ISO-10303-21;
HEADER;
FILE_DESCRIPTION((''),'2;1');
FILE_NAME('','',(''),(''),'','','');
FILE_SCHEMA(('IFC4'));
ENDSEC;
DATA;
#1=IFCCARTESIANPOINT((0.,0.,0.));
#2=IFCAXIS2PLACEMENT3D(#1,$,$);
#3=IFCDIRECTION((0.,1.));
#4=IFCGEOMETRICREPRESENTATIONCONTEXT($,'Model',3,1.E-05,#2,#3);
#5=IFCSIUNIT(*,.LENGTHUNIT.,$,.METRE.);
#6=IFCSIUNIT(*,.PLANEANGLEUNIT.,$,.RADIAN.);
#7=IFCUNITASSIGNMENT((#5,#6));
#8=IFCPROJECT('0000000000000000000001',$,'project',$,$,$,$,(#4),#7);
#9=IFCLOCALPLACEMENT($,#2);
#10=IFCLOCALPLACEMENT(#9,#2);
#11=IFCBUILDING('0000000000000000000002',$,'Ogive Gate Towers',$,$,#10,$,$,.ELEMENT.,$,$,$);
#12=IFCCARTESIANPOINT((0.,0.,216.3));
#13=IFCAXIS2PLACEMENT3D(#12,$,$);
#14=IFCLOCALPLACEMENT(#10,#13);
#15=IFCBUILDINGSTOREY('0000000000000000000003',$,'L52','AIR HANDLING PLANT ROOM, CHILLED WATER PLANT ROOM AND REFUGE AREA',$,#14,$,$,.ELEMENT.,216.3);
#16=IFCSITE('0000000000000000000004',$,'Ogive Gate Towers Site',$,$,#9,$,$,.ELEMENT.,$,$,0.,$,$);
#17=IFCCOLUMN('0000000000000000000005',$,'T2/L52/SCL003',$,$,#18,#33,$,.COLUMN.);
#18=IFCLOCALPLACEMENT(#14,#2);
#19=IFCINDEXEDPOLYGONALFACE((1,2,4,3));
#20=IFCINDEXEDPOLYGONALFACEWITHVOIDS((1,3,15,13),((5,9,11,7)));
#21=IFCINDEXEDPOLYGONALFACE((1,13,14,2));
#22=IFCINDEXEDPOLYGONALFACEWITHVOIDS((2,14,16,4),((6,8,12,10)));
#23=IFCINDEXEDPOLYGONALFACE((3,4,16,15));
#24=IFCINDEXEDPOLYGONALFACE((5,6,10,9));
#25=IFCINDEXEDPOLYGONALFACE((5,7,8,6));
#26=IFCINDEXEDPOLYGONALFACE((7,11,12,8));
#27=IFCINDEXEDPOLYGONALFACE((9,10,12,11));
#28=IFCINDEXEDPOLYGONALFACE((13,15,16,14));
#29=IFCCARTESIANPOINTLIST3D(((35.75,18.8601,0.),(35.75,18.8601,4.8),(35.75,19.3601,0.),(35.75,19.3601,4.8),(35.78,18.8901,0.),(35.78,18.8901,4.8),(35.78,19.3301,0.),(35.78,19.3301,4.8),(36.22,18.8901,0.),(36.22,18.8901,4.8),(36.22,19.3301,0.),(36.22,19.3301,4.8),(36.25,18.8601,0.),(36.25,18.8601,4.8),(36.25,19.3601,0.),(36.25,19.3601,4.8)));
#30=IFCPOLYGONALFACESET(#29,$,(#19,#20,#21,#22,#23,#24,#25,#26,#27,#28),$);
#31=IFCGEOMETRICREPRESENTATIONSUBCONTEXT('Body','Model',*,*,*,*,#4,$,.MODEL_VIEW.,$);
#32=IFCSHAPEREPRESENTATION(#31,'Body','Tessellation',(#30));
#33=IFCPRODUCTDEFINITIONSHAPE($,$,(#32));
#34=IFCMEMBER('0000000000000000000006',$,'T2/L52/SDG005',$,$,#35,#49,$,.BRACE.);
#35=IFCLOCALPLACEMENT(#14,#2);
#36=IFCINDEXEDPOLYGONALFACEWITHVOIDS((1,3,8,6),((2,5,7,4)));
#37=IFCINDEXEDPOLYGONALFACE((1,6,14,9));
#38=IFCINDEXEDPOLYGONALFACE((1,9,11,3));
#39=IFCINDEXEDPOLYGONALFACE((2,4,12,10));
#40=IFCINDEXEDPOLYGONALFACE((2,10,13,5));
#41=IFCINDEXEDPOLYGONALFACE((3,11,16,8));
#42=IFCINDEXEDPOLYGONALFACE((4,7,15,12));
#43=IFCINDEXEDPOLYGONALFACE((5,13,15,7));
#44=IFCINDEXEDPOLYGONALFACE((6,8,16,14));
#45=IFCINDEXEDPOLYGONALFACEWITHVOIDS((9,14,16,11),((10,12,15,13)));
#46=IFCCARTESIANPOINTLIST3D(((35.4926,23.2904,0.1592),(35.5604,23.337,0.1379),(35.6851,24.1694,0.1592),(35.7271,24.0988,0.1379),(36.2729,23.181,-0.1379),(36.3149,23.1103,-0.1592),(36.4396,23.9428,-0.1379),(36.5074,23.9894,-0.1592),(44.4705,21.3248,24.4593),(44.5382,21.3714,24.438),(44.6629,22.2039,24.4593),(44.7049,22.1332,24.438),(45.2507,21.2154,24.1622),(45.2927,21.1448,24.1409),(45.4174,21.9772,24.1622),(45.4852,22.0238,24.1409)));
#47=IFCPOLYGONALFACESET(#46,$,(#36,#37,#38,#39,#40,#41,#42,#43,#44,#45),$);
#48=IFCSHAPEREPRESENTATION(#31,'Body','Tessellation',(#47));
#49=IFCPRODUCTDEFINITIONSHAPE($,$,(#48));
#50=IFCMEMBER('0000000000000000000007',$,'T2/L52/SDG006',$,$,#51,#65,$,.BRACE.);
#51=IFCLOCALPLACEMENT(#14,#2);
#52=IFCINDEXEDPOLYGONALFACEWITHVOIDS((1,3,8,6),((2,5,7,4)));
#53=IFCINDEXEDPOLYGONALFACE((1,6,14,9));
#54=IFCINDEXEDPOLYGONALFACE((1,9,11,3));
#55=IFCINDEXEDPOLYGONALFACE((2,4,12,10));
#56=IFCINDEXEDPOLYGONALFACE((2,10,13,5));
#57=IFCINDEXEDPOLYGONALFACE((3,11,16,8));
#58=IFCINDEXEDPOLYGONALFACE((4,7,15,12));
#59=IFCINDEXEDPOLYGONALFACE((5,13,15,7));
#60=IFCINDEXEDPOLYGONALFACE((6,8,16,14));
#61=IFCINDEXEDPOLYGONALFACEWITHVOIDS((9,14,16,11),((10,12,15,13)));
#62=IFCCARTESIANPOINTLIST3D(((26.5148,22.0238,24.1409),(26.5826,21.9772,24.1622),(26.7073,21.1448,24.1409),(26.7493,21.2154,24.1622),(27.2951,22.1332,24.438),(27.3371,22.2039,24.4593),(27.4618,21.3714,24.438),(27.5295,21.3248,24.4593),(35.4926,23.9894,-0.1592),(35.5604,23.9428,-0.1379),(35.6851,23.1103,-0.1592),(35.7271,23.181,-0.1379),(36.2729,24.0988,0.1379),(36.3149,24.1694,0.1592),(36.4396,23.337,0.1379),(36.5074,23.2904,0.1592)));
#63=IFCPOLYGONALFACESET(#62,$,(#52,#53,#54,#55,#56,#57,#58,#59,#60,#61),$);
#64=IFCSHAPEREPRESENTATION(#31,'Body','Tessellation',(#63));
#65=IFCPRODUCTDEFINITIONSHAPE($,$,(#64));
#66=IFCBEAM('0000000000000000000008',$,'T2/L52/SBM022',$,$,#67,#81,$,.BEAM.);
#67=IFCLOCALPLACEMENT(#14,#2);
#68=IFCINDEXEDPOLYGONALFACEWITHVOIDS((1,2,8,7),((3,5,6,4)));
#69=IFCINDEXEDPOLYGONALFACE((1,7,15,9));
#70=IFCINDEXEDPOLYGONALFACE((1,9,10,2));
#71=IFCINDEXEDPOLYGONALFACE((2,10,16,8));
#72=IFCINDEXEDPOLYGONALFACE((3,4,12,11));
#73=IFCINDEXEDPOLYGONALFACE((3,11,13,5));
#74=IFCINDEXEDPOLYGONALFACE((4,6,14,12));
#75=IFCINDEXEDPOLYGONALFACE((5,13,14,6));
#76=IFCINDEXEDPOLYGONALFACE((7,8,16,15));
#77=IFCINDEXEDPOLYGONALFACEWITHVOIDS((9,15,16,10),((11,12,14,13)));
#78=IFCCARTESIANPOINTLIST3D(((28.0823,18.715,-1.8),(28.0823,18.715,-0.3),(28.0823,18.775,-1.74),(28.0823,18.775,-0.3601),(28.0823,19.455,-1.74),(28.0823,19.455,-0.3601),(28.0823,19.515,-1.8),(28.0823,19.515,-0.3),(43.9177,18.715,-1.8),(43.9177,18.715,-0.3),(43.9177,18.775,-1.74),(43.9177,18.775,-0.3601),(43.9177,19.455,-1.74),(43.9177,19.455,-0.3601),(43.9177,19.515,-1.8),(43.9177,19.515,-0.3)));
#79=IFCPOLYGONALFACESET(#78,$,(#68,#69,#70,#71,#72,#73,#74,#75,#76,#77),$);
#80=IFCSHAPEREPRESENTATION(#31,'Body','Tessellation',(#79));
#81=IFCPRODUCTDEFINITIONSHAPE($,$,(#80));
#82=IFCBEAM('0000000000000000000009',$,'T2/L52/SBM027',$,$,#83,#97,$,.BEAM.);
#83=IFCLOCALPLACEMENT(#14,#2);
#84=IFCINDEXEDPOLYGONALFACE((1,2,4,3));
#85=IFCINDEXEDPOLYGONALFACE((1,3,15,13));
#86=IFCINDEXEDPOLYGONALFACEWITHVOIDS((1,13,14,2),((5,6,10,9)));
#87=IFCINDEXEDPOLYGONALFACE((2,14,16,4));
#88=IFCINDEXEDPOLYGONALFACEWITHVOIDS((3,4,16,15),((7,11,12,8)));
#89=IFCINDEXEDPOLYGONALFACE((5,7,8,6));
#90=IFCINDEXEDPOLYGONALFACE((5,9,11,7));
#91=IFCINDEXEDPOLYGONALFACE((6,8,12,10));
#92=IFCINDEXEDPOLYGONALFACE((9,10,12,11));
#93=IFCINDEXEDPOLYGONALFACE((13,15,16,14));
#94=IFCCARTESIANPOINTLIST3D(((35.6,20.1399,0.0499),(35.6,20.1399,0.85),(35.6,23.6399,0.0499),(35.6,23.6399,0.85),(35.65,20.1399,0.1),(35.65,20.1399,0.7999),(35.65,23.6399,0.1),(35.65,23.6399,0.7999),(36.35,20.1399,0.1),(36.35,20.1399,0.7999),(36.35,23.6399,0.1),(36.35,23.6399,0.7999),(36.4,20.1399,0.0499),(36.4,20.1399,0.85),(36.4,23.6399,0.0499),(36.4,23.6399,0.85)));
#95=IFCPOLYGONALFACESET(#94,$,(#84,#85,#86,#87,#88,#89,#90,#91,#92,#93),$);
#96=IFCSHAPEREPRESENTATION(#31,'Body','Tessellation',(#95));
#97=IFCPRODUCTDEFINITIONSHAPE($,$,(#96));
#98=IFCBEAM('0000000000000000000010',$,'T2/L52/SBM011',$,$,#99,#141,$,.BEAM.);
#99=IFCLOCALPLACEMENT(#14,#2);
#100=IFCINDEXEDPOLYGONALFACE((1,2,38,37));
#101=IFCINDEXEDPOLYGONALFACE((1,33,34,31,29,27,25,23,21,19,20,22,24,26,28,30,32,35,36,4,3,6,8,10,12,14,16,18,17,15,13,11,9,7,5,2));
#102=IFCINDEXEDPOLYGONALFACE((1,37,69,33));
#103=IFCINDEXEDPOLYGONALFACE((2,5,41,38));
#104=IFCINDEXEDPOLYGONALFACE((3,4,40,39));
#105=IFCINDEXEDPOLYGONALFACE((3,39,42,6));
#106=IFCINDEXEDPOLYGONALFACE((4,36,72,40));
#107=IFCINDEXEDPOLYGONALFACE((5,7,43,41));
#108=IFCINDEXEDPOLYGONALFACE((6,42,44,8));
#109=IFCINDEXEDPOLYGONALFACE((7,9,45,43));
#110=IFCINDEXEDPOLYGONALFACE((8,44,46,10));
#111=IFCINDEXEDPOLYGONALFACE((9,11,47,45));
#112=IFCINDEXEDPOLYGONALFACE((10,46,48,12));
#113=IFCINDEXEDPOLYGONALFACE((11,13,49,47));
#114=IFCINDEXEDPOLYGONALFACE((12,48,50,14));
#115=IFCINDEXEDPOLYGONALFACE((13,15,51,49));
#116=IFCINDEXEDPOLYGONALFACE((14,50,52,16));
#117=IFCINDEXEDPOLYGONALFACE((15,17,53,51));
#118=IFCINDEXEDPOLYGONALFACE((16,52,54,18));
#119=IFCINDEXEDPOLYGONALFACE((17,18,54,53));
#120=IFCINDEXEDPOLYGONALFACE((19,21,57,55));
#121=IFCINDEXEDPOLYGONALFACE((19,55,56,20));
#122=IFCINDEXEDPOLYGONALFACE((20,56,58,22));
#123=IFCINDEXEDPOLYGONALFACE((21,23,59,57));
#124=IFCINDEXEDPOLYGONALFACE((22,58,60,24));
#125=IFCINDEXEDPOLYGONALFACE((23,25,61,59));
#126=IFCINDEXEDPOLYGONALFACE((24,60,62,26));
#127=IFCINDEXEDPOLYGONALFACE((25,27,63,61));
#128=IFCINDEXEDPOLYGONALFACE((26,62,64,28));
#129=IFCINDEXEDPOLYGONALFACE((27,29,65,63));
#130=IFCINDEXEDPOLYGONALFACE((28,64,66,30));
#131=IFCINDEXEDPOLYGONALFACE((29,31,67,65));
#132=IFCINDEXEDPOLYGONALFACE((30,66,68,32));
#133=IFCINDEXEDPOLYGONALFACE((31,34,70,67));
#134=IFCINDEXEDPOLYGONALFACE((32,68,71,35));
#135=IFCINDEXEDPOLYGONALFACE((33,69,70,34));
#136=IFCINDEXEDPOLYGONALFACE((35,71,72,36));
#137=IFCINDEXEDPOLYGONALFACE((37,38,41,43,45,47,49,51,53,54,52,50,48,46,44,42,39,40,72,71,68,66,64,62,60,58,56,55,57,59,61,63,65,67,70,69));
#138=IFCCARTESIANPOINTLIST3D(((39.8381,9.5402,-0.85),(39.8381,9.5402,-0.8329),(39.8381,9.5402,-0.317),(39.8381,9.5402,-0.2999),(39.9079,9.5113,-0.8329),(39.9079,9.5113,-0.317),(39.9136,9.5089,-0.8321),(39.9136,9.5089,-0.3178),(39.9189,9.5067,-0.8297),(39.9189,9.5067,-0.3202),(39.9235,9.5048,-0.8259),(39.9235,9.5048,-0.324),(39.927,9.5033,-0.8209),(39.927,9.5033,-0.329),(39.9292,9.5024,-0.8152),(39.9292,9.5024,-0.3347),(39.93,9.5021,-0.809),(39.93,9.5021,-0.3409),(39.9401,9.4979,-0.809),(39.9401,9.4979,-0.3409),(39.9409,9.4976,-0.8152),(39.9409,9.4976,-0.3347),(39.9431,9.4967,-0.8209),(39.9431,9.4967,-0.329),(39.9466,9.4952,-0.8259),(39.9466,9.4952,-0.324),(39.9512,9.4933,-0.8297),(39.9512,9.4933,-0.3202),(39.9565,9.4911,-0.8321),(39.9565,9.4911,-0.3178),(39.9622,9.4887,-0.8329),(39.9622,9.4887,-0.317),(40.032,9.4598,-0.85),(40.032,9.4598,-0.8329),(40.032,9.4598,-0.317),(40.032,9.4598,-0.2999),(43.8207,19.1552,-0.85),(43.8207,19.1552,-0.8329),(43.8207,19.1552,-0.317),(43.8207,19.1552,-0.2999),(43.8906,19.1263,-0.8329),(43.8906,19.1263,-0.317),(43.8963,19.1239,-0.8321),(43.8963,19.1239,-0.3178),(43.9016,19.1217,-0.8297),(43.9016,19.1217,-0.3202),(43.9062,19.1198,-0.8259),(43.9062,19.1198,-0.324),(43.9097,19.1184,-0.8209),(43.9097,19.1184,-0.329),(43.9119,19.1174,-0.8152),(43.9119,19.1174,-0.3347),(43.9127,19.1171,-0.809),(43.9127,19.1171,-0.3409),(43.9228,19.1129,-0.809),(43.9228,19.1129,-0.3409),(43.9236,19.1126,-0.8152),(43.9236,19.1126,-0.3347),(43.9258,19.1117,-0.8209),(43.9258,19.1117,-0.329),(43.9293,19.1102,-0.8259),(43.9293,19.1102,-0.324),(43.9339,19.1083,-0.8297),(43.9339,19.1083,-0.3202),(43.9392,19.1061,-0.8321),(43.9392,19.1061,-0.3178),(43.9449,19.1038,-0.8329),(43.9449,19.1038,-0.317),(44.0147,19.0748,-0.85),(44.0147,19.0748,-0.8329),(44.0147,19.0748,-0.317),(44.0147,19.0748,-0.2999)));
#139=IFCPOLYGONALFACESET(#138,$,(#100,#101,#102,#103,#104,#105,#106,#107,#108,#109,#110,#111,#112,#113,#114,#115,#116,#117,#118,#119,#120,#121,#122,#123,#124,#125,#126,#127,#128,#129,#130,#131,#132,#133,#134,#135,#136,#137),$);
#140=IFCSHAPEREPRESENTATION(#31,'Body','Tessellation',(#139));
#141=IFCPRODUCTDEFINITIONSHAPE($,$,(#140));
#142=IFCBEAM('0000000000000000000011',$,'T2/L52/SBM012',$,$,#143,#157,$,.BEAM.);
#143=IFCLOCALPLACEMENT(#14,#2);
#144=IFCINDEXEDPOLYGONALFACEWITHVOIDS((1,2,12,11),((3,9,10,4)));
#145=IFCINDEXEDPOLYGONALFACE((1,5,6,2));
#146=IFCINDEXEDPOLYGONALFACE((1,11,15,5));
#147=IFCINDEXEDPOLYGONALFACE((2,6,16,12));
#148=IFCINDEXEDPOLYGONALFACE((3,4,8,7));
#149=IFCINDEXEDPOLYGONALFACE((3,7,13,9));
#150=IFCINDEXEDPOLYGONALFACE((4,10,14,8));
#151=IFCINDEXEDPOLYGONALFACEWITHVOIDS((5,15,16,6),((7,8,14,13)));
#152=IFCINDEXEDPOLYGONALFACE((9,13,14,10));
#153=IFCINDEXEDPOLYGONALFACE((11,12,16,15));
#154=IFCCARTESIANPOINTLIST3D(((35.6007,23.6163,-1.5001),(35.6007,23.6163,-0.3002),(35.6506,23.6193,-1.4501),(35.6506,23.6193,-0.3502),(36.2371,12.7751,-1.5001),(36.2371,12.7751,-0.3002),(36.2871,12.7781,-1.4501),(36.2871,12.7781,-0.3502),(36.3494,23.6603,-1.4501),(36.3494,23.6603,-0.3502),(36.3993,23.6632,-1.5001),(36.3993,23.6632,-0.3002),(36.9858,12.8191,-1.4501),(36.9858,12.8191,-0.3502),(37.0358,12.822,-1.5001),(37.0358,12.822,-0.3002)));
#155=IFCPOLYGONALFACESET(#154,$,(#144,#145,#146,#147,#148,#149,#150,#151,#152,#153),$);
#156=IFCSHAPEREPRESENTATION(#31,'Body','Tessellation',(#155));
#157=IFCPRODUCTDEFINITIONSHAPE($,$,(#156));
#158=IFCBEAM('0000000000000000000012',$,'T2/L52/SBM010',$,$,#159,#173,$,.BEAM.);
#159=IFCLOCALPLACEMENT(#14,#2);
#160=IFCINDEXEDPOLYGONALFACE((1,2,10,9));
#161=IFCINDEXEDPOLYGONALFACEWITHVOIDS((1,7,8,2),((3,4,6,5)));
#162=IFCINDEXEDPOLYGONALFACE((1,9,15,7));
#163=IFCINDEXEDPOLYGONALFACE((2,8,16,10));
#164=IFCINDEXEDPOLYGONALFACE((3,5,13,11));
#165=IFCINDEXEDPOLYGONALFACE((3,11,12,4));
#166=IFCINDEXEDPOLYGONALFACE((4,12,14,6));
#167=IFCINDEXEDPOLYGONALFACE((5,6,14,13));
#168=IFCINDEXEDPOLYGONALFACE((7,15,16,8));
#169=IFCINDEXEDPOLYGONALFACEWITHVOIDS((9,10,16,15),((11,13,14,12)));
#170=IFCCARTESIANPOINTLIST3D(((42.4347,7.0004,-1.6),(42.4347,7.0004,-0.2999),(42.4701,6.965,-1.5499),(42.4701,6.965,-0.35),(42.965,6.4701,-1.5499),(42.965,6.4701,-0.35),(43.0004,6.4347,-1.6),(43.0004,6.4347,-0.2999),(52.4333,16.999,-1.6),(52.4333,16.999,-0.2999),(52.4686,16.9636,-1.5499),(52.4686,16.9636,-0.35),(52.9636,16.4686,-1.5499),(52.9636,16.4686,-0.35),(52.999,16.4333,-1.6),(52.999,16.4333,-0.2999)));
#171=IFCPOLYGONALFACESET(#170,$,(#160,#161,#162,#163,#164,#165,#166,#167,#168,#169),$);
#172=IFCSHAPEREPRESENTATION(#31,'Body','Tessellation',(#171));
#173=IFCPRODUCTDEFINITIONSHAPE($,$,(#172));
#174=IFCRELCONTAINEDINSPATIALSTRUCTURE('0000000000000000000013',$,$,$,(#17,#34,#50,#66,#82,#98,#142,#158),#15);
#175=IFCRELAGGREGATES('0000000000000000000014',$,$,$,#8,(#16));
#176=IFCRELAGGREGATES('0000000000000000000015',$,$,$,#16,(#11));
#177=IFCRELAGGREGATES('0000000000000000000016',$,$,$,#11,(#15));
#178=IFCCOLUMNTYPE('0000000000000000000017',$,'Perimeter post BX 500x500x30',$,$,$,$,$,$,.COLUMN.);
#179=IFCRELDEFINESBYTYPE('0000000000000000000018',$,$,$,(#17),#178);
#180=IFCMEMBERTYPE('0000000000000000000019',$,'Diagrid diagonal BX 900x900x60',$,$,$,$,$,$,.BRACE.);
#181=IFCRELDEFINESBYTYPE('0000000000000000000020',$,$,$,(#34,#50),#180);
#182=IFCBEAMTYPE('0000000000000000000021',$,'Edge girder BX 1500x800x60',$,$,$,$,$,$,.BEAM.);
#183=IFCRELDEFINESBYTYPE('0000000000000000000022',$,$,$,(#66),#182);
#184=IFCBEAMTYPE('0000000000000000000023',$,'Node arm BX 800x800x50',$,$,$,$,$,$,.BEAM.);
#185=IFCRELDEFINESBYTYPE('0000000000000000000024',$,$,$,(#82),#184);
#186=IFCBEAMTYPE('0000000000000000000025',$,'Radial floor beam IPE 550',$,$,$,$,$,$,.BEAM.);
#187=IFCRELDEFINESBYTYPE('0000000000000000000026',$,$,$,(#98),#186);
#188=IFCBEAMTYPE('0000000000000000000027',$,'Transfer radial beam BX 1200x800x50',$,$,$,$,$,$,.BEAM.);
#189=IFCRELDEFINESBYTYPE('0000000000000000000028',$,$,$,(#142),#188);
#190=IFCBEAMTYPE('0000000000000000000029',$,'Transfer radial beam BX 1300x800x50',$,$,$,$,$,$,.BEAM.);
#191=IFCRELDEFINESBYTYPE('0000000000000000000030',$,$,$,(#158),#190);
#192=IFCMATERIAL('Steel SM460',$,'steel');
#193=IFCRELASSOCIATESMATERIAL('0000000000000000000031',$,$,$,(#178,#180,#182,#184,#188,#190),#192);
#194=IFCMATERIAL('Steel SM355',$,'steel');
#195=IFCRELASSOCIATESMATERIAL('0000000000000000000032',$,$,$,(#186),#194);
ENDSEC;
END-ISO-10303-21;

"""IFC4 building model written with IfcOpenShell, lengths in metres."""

from ifc_helpers import new_model, si_unit, direction, frame, origin, origin_2d, place, context, subcontext, project, spatial, hollow_rectangle, i_section, extrude, material, material_profile, profile_set, type_object, element, save


model = new_model("IFC4")

# Units and contexts
model_context = context("Model", 3, precision=1e-05, world=origin(), true_north=direction((0.0, 1.0)))
body_context = subcontext(model_context, "Body", "Model", "MODEL_VIEW")
ifc_project = project(units=[si_unit("LENGTHUNIT", "METRE"), si_unit("PLANEANGLEUNIT", "RADIAN")], contexts=[model_context])

# Site, building, storey
site_placement = place(None, origin())
site = spatial("IfcSite", under=ifc_project, at=site_placement, Name="Ogive Gate Towers Site", CompositionType="ELEMENT", RefElevation=0.0)
building_placement = place(site_placement, origin())
building = spatial("IfcBuilding", under=site, at=building_placement, Name="Ogive Gate Towers", CompositionType="ELEMENT")
storey_placement = place(building_placement, frame((0.0, 0.0, 216.3)))
storey = spatial("IfcBuildingStorey", under=building, at=storey_placement, Name="L52", Description="AIR HANDLING PLANT ROOM, CHILLED WATER PLANT ROOM AND REFUGE AREA", CompositionType="ELEMENT", Elevation=216.3)

# Column
ifc_material_1 = material(Name="Steel SM460", Category="steel")
ifc_material_profile_1 = material_profile(ifc_material_1, hollow_rectangle(XDim=0.5, YDim=0.5, WallThickness=0.03, at=origin_2d()), Name="BX 500x500x30")
ifc_profile_set_1 = profile_set([ifc_material_profile_1], Name="Steel SM460")
column_type = type_object("IfcColumnType", Name="Perimeter post BX 500x500x30", PredefinedType="COLUMN", material=ifc_profile_set_1)
column_placement = place(storey_placement, frame((36.0, 19.1101, 0.0), z_axis=(0.0, 0.0, 1.0), x_axis=(1.0, 0.0, 0.0)))
element("IfcColumn", 1, at=column_placement, inside=storey, type_object=column_type, Name="T2/L52/SCL003", PredefinedType="COLUMN", context=body_context, shape_type="SweptSolid", body=[
    extrude(hollow_rectangle(XDim=0.5, YDim=0.5, WallThickness=0.03, at=origin_2d()), origin(), (0.0, 0.0, 1.0), 4.8),
])

# Members
ifc_material_profile_2 = material_profile(ifc_material_1, hollow_rectangle(XDim=0.8999, YDim=0.8999, WallThickness=0.0601, at=origin_2d()), Name="BX 900x900x60")
ifc_profile_set_2 = profile_set([ifc_material_profile_2], Name="Steel SM460")
member_type_1 = type_object("IfcMemberType", Name="Diagrid diagonal BX 900x900x60", PredefinedType="BRACE", material=ifc_profile_set_2)
for number, where, z_axis, x_axis, name in (
    (2, (36.0, 23.6399, 0.0), (0.345566, -0.075658, 0.935339), (0.213872, 0.976862, 0.0), "T2/L52/SDG005"),
    (3, (36.0, 23.6399, 0.0), (-0.345566, -0.075658, 0.935339), (0.213872, -0.976862, 0.0), "T2/L52/SDG006"),
):
    element("IfcMember", number, at=place(storey_placement, frame(where, z_axis=z_axis, x_axis=x_axis)), inside=storey, type_object=member_type_1, Name=name, PredefinedType="BRACE", context=body_context, shape_type="SweptSolid", body=[
        extrude(hollow_rectangle(XDim=0.8999, YDim=0.8999, WallThickness=0.0601, at=origin_2d()), origin(), (0.0, 0.0, 1.0), 25.98),
    ])

# Beams
ifc_material_profile_3 = material_profile(ifc_material_1, hollow_rectangle(XDim=0.8, YDim=1.5, WallThickness=0.0601, at=origin_2d()), Name="BX 1500x800x60")
ifc_profile_set_3 = profile_set([ifc_material_profile_3], Name="Steel SM460")
beam_type_1 = type_object("IfcBeamType", Name="Edge girder BX 1500x800x60", PredefinedType="BEAM", material=ifc_profile_set_3)
beam_1_placement = place(storey_placement, frame((43.9177, 19.115, -1.05), z_axis=(-1.0, 0.0, 0.0), x_axis=(0.0, -1.0, 0.0)))
element("IfcBeam", 4, at=beam_1_placement, inside=storey, type_object=beam_type_1, Name="T2/L52/SBM022", PredefinedType="BEAM", context=body_context, shape_type="SweptSolid", body=[
    extrude(hollow_rectangle(XDim=0.8, YDim=1.5, WallThickness=0.0601, at=origin_2d()), origin(), (0.0, 0.0, 1.0), 15.8354),
])
ifc_material_profile_4 = material_profile(ifc_material_1, hollow_rectangle(XDim=0.8, YDim=0.8, WallThickness=0.05, at=origin_2d()), Name="BX 800x800x50")
ifc_profile_set_4 = profile_set([ifc_material_profile_4], Name="Steel SM460")
beam_type_2 = type_object("IfcBeamType", Name="Node arm BX 800x800x50", PredefinedType="BEAM", material=ifc_profile_set_4)
beam_2_placement = place(storey_placement, frame((36.0, 20.1399, 0.45), z_axis=(0.0, 1.0, 0.0), x_axis=(-1.0, 0.0, 0.0)))
element("IfcBeam", 5, at=beam_2_placement, inside=storey, type_object=beam_type_2, Name="T2/L52/SBM027", PredefinedType="BEAM", context=body_context, shape_type="SweptSolid", body=[
    extrude(hollow_rectangle(XDim=0.8, YDim=0.8, WallThickness=0.05, at=origin_2d()), origin(), (0.0, 0.0, 1.0), 3.5),
])
ifc_material_2 = material(Name="Steel SM355", Category="steel")
ifc_material_profile_5 = material_profile(ifc_material_2, i_section(OverallWidth=0.21, OverallDepth=0.55, WebThickness=0.011, FlangeThickness=0.0171, FilletRadius=0.0239, at=origin_2d()), Name="IPE 550")
ifc_profile_set_5 = profile_set([ifc_material_profile_5], Name="Steel SM355")
beam_type_3 = type_object("IfcBeamType", Name="Radial floor beam IPE 550", PredefinedType="BEAM", material=ifc_profile_set_5)
beam_3_placement = place(storey_placement, frame((39.9351, 9.5, -0.575), z_axis=(0.382684, 0.923879, 0.0), x_axis=(-0.923879, 0.382684, 0.0)))
element("IfcBeam", 6, at=beam_3_placement, inside=storey, type_object=beam_type_3, Name="T2/L52/SBM011", PredefinedType="BEAM", context=body_context, shape_type="SweptSolid", body=[
    extrude(i_section(OverallWidth=0.21, OverallDepth=0.55, WebThickness=0.011, FlangeThickness=0.0171, FilletRadius=0.0239, at=origin_2d()), origin(), (0.0, 0.0, 1.0), 10.4072),
])
ifc_material_profile_6 = material_profile(ifc_material_1, hollow_rectangle(XDim=0.8, YDim=1.2, WallThickness=0.05, at=origin_2d()), Name="BX 1200x800x50")
ifc_profile_set_6 = profile_set([ifc_material_profile_6], Name="Steel SM460")
beam_type_4 = type_object("IfcBeamType", Name="Transfer radial beam BX 1200x800x50", PredefinedType="BEAM", material=ifc_profile_set_6)
beam_4_placement = place(storey_placement, frame((36.6365, 12.7986, -0.9001), z_axis=(-0.058607, 0.998281, 0.0), x_axis=(-0.998281, -0.058607, 0.0)))
element("IfcBeam", 7, at=beam_4_placement, inside=storey, type_object=beam_type_4, Name="T2/L52/SBM012", PredefinedType="BEAM", context=body_context, shape_type="SweptSolid", body=[
    extrude(hollow_rectangle(XDim=0.8, YDim=1.2, WallThickness=0.05, at=origin_2d()), origin(), (0.0, 0.0, 1.0), 10.8599),
])
ifc_material_profile_7 = material_profile(ifc_material_1, hollow_rectangle(XDim=0.8, YDim=1.3, WallThickness=0.05, at=origin_2d()), Name="BX 1300x800x50")
ifc_profile_set_7 = profile_set([ifc_material_profile_7], Name="Steel SM460")
beam_type_5 = type_object("IfcBeamType", Name="Transfer radial beam BX 1300x800x50", PredefinedType="BEAM", material=ifc_profile_set_7)
beam_5_placement = place(storey_placement, frame((42.7175, 6.7175, -0.95), z_axis=(0.707107, 0.707107, 0.0), x_axis=(-0.707107, 0.707107, 0.0)))
element("IfcBeam", 8, at=beam_5_placement, inside=storey, type_object=beam_type_5, Name="T2/L52/SBM010", PredefinedType="BEAM", context=body_context, shape_type="SweptSolid", body=[
    extrude(hollow_rectangle(XDim=0.8, YDim=1.3, WallThickness=0.05, at=origin_2d()), origin(), (0.0, 0.0, 1.0), 14.1401),
])

save(model, "model.ifc")
